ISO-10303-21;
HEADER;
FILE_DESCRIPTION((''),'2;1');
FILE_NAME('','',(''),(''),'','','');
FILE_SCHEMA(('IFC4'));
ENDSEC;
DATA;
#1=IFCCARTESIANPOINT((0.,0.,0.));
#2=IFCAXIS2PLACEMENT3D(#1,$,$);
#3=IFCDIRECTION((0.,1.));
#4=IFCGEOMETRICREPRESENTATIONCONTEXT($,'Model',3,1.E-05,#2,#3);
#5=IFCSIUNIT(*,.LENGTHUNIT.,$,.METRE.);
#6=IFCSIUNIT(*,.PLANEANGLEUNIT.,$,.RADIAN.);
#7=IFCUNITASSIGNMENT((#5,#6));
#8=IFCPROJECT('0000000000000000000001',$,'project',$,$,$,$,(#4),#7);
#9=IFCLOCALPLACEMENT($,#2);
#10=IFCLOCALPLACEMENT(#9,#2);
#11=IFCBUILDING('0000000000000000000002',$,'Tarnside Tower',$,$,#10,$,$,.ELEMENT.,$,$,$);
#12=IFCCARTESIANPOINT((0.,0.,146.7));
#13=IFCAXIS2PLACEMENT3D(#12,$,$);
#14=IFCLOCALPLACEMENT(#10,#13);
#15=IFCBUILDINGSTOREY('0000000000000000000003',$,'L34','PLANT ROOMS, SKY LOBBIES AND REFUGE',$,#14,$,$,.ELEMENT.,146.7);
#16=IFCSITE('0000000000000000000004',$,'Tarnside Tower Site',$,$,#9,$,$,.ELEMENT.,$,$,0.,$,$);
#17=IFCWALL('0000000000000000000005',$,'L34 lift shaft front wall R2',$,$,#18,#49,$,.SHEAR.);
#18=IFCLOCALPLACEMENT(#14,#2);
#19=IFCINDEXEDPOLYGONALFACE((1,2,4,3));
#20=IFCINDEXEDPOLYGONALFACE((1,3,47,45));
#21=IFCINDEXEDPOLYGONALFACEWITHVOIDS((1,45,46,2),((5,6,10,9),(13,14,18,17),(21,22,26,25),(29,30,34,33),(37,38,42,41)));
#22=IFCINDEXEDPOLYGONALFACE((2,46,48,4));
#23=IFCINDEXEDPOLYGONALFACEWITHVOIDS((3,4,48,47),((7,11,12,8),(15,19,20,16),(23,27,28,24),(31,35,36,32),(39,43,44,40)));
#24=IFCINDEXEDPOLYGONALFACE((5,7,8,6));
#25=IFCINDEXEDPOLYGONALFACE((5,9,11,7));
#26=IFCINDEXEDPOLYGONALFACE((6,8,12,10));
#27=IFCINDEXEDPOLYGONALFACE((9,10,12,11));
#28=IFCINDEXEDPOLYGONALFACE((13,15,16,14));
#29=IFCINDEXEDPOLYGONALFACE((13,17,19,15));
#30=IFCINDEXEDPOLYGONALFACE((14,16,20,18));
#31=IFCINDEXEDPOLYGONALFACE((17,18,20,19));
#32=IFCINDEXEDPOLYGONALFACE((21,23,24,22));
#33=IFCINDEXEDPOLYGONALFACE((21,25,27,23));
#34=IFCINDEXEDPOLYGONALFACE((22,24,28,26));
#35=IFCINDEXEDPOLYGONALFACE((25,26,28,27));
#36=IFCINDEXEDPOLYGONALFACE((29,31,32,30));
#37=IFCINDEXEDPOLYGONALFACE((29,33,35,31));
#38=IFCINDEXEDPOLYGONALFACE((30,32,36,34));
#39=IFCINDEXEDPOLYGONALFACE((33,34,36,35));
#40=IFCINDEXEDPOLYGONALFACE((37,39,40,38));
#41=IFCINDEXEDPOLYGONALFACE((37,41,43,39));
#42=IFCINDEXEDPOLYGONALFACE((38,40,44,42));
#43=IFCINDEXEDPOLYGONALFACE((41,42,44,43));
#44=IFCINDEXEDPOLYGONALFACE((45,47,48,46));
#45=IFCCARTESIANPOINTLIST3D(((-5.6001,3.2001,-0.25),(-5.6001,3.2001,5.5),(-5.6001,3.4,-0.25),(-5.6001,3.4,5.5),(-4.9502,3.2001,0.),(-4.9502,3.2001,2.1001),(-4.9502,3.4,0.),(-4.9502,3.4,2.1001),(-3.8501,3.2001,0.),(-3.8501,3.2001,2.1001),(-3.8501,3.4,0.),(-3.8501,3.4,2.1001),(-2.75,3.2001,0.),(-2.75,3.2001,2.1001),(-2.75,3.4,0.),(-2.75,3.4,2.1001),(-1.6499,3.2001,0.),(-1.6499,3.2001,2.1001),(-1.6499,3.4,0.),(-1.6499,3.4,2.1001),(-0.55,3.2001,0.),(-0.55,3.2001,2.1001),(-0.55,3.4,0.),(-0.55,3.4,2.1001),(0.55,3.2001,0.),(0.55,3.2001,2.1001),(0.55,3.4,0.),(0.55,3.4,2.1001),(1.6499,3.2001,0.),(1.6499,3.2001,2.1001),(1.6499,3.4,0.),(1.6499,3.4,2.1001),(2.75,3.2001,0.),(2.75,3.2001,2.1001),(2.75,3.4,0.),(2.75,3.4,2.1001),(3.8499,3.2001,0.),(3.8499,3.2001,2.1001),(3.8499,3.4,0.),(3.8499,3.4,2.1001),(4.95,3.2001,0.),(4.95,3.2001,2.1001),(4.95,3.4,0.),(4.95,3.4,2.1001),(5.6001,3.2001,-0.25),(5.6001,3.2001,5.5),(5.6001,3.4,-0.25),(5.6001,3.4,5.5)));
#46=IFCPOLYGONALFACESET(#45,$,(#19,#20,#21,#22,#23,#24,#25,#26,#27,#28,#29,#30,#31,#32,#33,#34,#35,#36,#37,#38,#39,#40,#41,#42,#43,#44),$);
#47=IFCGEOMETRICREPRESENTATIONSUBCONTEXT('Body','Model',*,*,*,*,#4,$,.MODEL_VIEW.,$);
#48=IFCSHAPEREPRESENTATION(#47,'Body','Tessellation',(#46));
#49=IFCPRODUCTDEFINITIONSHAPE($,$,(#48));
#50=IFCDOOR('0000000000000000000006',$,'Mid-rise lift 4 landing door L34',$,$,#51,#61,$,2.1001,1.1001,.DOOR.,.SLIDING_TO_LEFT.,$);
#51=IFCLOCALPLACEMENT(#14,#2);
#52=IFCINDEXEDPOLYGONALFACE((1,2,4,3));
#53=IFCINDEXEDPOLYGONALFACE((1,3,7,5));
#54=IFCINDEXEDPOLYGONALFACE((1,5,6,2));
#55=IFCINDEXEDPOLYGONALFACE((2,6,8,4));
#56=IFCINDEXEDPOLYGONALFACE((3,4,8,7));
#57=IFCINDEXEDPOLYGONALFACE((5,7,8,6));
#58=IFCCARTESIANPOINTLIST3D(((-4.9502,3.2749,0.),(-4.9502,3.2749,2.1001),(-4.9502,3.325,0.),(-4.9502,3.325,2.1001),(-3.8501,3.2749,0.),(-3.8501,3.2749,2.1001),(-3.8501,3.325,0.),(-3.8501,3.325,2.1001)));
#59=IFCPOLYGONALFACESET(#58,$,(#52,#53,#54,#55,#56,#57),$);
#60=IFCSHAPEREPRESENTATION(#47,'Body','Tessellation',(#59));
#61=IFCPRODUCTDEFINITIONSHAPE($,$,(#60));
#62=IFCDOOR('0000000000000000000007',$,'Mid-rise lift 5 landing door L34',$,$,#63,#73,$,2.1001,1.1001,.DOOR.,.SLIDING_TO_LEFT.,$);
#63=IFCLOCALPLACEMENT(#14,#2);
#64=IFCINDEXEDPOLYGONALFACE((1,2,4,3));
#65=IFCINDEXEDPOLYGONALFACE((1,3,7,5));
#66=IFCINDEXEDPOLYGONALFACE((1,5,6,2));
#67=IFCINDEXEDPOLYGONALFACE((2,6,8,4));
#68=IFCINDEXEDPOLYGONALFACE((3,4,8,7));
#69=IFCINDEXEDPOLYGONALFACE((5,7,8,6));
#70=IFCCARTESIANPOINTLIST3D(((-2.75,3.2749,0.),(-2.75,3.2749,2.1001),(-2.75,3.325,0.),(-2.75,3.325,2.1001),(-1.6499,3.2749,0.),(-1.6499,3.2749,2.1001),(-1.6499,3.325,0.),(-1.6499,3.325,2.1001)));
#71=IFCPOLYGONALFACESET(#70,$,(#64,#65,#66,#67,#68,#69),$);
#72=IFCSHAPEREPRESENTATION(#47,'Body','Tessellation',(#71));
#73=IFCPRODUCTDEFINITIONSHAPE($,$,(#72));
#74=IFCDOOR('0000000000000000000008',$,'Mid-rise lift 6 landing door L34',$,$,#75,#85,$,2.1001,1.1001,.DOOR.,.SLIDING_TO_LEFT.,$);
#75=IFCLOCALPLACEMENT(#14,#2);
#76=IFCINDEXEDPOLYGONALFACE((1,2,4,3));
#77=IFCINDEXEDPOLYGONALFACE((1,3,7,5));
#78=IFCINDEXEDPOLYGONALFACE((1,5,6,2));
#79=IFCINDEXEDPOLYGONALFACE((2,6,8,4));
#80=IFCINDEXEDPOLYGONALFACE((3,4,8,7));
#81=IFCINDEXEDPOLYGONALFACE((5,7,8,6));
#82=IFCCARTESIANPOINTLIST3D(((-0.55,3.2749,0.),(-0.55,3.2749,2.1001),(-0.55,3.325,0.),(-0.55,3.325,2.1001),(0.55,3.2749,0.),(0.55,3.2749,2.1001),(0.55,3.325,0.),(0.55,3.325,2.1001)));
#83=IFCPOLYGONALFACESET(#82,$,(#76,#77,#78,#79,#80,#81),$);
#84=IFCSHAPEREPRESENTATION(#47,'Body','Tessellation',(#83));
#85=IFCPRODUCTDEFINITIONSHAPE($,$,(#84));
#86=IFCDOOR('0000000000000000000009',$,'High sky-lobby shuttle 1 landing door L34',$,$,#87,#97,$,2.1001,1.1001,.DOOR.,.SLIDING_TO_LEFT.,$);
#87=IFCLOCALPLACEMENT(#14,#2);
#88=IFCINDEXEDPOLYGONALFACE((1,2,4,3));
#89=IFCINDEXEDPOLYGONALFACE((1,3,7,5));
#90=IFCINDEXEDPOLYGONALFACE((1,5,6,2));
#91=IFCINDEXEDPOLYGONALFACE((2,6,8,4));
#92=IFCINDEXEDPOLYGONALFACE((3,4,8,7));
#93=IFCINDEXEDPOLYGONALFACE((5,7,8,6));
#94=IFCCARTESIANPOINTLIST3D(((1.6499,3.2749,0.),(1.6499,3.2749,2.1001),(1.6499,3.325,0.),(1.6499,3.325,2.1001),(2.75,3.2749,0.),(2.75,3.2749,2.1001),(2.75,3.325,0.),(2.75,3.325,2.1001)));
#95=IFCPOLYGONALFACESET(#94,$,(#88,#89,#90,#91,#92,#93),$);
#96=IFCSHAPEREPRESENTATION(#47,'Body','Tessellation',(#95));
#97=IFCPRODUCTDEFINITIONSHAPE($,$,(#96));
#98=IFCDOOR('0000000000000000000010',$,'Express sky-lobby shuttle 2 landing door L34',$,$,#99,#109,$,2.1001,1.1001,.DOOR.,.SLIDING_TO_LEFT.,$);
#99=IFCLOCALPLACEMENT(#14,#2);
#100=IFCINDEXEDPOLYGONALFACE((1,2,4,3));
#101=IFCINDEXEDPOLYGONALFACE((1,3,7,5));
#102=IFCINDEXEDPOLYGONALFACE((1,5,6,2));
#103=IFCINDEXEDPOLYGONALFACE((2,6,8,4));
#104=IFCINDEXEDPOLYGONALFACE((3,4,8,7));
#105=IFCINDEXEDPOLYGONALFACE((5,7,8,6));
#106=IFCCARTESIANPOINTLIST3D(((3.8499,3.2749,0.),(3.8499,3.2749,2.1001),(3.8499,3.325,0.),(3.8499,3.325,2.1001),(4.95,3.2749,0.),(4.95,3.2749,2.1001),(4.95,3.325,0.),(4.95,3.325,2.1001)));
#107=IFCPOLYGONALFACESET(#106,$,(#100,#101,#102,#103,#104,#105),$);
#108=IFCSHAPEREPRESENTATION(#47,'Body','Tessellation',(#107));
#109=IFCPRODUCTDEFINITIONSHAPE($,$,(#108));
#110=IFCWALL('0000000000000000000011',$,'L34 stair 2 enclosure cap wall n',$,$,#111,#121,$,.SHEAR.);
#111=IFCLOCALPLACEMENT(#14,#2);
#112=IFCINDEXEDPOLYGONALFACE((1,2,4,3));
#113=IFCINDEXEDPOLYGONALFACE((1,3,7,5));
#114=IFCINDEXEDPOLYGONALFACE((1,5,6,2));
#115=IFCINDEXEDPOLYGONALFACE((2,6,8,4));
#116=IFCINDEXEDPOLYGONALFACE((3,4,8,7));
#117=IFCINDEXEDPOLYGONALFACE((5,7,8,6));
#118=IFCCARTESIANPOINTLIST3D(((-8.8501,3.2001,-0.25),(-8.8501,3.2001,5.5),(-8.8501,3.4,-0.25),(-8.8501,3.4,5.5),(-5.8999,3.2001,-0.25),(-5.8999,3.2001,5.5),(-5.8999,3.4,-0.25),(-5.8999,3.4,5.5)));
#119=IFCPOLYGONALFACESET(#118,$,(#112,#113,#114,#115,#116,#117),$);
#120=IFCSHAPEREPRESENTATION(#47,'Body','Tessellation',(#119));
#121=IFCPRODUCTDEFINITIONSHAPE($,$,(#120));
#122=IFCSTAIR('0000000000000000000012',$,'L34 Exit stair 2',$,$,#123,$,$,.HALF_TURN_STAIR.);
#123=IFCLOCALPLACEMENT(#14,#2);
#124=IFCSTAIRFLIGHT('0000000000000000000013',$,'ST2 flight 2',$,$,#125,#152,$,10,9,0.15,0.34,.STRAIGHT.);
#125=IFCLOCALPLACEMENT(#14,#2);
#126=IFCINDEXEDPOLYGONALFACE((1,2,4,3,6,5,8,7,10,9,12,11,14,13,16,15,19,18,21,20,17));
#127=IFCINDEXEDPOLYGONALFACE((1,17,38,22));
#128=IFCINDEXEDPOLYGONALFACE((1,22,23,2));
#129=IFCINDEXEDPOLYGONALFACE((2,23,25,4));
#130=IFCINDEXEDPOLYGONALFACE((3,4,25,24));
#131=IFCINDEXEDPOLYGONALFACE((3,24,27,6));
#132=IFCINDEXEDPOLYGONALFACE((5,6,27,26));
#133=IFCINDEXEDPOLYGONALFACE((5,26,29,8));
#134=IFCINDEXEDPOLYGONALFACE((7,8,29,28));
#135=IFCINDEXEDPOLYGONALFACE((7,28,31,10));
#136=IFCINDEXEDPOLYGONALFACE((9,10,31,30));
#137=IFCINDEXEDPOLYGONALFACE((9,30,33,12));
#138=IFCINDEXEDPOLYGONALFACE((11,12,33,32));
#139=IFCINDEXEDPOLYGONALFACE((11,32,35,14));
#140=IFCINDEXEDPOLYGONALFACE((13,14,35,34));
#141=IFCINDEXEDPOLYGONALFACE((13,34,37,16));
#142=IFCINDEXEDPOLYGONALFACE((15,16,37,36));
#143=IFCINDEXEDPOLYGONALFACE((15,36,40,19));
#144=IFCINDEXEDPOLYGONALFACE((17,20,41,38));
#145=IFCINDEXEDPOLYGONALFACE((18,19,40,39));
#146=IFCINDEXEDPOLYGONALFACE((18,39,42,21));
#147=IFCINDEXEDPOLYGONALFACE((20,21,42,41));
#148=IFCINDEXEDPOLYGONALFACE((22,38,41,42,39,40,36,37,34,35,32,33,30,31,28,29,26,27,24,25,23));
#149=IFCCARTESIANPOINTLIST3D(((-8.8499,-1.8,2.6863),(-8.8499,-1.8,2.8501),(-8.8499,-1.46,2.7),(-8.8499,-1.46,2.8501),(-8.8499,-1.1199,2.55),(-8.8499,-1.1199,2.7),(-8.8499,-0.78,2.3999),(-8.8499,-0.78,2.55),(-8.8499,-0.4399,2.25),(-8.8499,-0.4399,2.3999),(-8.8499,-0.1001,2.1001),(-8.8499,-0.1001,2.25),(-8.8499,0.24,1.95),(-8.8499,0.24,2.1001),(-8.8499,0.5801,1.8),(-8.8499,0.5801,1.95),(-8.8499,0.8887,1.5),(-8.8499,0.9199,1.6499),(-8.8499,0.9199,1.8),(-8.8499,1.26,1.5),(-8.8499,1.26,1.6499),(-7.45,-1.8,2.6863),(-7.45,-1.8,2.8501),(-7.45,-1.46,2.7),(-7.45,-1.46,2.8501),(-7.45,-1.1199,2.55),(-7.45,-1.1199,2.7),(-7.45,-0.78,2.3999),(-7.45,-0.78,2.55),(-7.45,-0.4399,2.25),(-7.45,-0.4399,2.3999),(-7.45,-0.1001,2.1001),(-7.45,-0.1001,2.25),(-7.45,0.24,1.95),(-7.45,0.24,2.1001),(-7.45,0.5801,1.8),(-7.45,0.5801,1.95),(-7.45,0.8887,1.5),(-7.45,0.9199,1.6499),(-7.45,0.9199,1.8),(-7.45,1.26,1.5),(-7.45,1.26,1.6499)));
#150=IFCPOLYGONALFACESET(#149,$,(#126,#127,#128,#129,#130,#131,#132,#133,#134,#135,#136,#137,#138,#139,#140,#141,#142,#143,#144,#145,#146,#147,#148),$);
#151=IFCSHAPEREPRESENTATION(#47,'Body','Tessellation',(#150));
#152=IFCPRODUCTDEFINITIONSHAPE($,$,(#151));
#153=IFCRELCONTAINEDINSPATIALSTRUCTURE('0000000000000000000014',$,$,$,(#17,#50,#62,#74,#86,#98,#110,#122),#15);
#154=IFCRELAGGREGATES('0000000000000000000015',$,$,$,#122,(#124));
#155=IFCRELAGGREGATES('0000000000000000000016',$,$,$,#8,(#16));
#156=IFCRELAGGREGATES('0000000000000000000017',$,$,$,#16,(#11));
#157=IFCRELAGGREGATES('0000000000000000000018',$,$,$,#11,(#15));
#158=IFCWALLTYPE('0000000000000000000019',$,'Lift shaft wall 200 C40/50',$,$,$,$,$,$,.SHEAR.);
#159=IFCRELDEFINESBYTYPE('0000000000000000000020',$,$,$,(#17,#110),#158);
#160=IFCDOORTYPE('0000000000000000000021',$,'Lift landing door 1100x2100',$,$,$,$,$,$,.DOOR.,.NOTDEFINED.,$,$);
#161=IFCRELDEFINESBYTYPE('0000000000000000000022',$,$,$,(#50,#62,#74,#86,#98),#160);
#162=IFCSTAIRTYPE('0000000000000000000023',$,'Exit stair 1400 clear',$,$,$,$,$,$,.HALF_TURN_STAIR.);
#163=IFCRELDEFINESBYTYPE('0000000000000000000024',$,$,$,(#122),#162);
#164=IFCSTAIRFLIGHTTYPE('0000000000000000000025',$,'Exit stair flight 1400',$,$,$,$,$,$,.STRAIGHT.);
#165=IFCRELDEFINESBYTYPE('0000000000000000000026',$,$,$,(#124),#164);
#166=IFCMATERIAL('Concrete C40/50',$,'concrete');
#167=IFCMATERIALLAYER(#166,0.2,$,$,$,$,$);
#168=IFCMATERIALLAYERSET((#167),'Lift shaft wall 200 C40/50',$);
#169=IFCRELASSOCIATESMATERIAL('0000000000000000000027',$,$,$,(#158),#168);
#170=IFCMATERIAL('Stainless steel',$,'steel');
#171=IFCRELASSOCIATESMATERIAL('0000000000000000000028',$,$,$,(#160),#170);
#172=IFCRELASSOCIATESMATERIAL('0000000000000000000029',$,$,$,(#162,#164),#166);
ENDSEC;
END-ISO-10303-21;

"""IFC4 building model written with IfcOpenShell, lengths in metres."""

from ifc_helpers import new_model, si_unit, direction, frame, frame_2d, origin, place, context, subcontext, project, spatial, polyline, rectangle, outline, extrude, material, layer, layer_set, type_object, element, fill, aggregate, save


model = new_model("IFC4")

# Units and contexts
model_context = context("Model", 3, precision=1e-05, world=origin(), true_north=direction((0.0, 1.0)))
body_context = subcontext(model_context, "Body", "Model", "MODEL_VIEW")
ifc_project = project(units=[si_unit("LENGTHUNIT", "METRE"), si_unit("PLANEANGLEUNIT", "RADIAN")], contexts=[model_context])

# Site, building, storey
site_placement = place(None, origin())
site = spatial("IfcSite", under=ifc_project, at=site_placement, Name="Tarnside Tower Site", CompositionType="ELEMENT", RefElevation=0.0)
building_placement = place(site_placement, origin())
building = spatial("IfcBuilding", under=site, at=building_placement, Name="Tarnside Tower", CompositionType="ELEMENT")
storey_placement = place(building_placement, frame((0.0, 0.0, 146.7)))
storey = spatial("IfcBuildingStorey", under=building, at=storey_placement, Name="L34", Description="PLANT ROOMS, SKY LOBBIES AND REFUGE", CompositionType="ELEMENT", Elevation=146.7)

# Shared definitions
ifc_material_1 = material(Name="Concrete C40/50", Category="concrete")
ifc_layer = layer(ifc_material_1, 0.2)
ifc_layer_set = layer_set([ifc_layer], Name="Lift shaft wall 200 C40/50")
wall_type = type_object("IfcWallType", Name="Lift shaft wall 200 C40/50", PredefinedType="SHEAR", material=ifc_layer_set)
ifc_material_2 = material(Name="Stainless steel", Category="steel")
door_type = type_object("IfcDoorType", Name="Lift landing door 1100x2100", OperationType="NOTDEFINED", PredefinedType="DOOR", material=ifc_material_2)

# Wall, openings, doors
wall_1_placement = place(storey_placement, frame((-5.6001, 3.3, -0.25), z_axis=(0.0, 0.0, 1.0), x_axis=(1.0, 0.0, 0.0)))
wall_1 = element("IfcWall", 1, at=wall_1_placement, inside=storey, type_object=wall_type, Name="L34 lift shaft front wall R2", PredefinedType="SHEAR", context=body_context, shape_type="SweptSolid", body=[
    extrude(rectangle(XDim=11.2002, YDim=0.2, at=frame_2d((5.6001, 0.0))), origin(), (0.0, 0.0, 1.0), 5.75),
])
opening_1_placement = place(wall_1_placement, frame((0.6499, 0.0, 0.25)))
opening_1 = element("IfcOpeningElement", 2, at=opening_1_placement, cuts=wall_1, PredefinedType="OPENING", context=body_context, shape_type="SweptSolid", body=[
    extrude(rectangle(XDim=1.1001, YDim=2.1001, at=frame_2d((0.55, 1.05))), frame((0.0, 0.1099, 0.0), z_axis=(0.0, -1.0, 0.0), x_axis=(1.0, 0.0, 0.0)), (0.0, 0.0, 1.0), 0.22),
])
opening_2_placement = place(wall_1_placement, frame((2.8501, 0.0, 0.25)))
opening_2 = element("IfcOpeningElement", 3, at=opening_2_placement, cuts=wall_1, PredefinedType="OPENING", context=body_context, shape_type="SweptSolid", body=[
    extrude(rectangle(XDim=1.1001, YDim=2.1001, at=frame_2d((0.55, 1.05))), frame((0.0, 0.1099, 0.0), z_axis=(0.0, -1.0, 0.0), x_axis=(1.0, 0.0, 0.0)), (0.0, 0.0, 1.0), 0.22),
])
opening_3_placement = place(wall_1_placement, frame((5.05, 0.0, 0.25)))
opening_3 = element("IfcOpeningElement", 4, at=opening_3_placement, cuts=wall_1, PredefinedType="OPENING", context=body_context, shape_type="SweptSolid", body=[
    extrude(rectangle(XDim=1.1001, YDim=2.1001, at=frame_2d((0.55, 1.05))), frame((0.0, 0.1099, 0.0), z_axis=(0.0, -1.0, 0.0), x_axis=(1.0, 0.0, 0.0)), (0.0, 0.0, 1.0), 0.22),
])
opening_4_placement = place(wall_1_placement, frame((7.25, 0.0, 0.25)))
opening_4 = element("IfcOpeningElement", 5, at=opening_4_placement, cuts=wall_1, PredefinedType="OPENING", context=body_context, shape_type="SweptSolid", body=[
    extrude(rectangle(XDim=1.1001, YDim=2.1001, at=frame_2d((0.55, 1.05))), frame((0.0, 0.1099, 0.0), z_axis=(0.0, -1.0, 0.0), x_axis=(1.0, 0.0, 0.0)), (0.0, 0.0, 1.0), 0.22),
])
opening_5_placement = place(wall_1_placement, frame((9.45, 0.0, 0.25)))
opening_5 = element("IfcOpeningElement", 6, at=opening_5_placement, cuts=wall_1, PredefinedType="OPENING", context=body_context, shape_type="SweptSolid", body=[
    extrude(rectangle(XDim=1.1001, YDim=2.1001, at=frame_2d((0.55, 1.05))), frame((0.0, 0.1099, 0.0), z_axis=(0.0, -1.0, 0.0), x_axis=(1.0, 0.0, 0.0)), (0.0, 0.0, 1.0), 0.22),
])
door_1_placement = place(opening_1_placement, origin())
door_1 = element("IfcDoor", 7, at=door_1_placement, inside=storey, type_object=door_type, Name="Mid-rise lift 4 landing door L34", OperationType="SLIDING_TO_LEFT", OverallHeight=2.1001, OverallWidth=1.1001, PredefinedType="DOOR", context=body_context, shape_type="SweptSolid", body=[
    extrude(rectangle(XDim=1.1001, YDim=2.1001, at=frame_2d((0.55, 1.05))), frame((0.0, 0.0249, 0.0), z_axis=(0.0, -1.0, 0.0), x_axis=(1.0, 0.0, 0.0)), (0.0, 0.0, 1.0), 0.05),
])
fill(opening_1, door_1)
door_2_placement = place(opening_2_placement, origin())
door_2 = element("IfcDoor", 8, at=door_2_placement, inside=storey, type_object=door_type, Name="Mid-rise lift 5 landing door L34", OperationType="SLIDING_TO_LEFT", OverallHeight=2.1001, OverallWidth=1.1001, PredefinedType="DOOR", context=body_context, shape_type="SweptSolid", body=[
    extrude(rectangle(XDim=1.1001, YDim=2.1001, at=frame_2d((0.55, 1.05))), frame((0.0, 0.0249, 0.0), z_axis=(0.0, -1.0, 0.0), x_axis=(1.0, 0.0, 0.0)), (0.0, 0.0, 1.0), 0.05),
])
fill(opening_2, door_2)
door_3_placement = place(opening_3_placement, origin())
door_3 = element("IfcDoor", 9, at=door_3_placement, inside=storey, type_object=door_type, Name="Mid-rise lift 6 landing door L34", OperationType="SLIDING_TO_LEFT", OverallHeight=2.1001, OverallWidth=1.1001, PredefinedType="DOOR", context=body_context, shape_type="SweptSolid", body=[
    extrude(rectangle(XDim=1.1001, YDim=2.1001, at=frame_2d((0.55, 1.05))), frame((0.0, 0.0249, 0.0), z_axis=(0.0, -1.0, 0.0), x_axis=(1.0, 0.0, 0.0)), (0.0, 0.0, 1.0), 0.05),
])
fill(opening_3, door_3)
door_4_placement = place(opening_4_placement, origin())
door_4 = element("IfcDoor", 10, at=door_4_placement, inside=storey, type_object=door_type, Name="High sky-lobby shuttle 1 landing door L34", OperationType="SLIDING_TO_LEFT", OverallHeight=2.1001, OverallWidth=1.1001, PredefinedType="DOOR", context=body_context, shape_type="SweptSolid", body=[
    extrude(rectangle(XDim=1.1001, YDim=2.1001, at=frame_2d((0.55, 1.05))), frame((0.0, 0.0249, 0.0), z_axis=(0.0, -1.0, 0.0), x_axis=(1.0, 0.0, 0.0)), (0.0, 0.0, 1.0), 0.05),
])
fill(opening_4, door_4)
door_5_placement = place(opening_5_placement, origin())
door_5 = element("IfcDoor", 11, at=door_5_placement, inside=storey, type_object=door_type, Name="Express sky-lobby shuttle 2 landing door L34", OperationType="SLIDING_TO_LEFT", OverallHeight=2.1001, OverallWidth=1.1001, PredefinedType="DOOR", context=body_context, shape_type="SweptSolid", body=[
    extrude(rectangle(XDim=1.1001, YDim=2.1001, at=frame_2d((0.55, 1.05))), frame((0.0, 0.0249, 0.0), z_axis=(0.0, -1.0, 0.0), x_axis=(1.0, 0.0, 0.0)), (0.0, 0.0, 1.0), 0.05),
])
fill(opening_5, door_5)

# Wall
wall_2_placement = place(storey_placement, frame((-8.8501, 3.3, -0.25), z_axis=(0.0, 0.0, 1.0), x_axis=(1.0, 0.0, 0.0)))
element("IfcWall", 12, at=wall_2_placement, inside=storey, type_object=wall_type, Name="L34 stair 2 enclosure cap wall n", PredefinedType="SHEAR", context=body_context, shape_type="SweptSolid", body=[
    extrude(rectangle(XDim=2.9502, YDim=0.2, at=frame_2d((1.4751, 0.0))), origin(), (0.0, 0.0, 1.0), 5.75),
])

# Stair, stair flight
stair_type = type_object("IfcStairType", Name="Exit stair 1400 clear", PredefinedType="HALF_TURN_STAIR", material=ifc_material_1)
stair_placement = place(storey_placement, origin())
stair = element("IfcStair", 13, at=stair_placement, inside=storey, type_object=stair_type, Name="L34 Exit stair 2", PredefinedType="HALF_TURN_STAIR")
stair_flight_type = type_object("IfcStairFlightType", Name="Exit stair flight 1400", PredefinedType="STRAIGHT", material=ifc_material_1)
stair_flight_1_placement = place(storey_placement, frame((-8.1499, 1.26, 1.5), z_axis=(0.0, 0.0, 1.0), x_axis=(0.0, -1.0, 0.0)))
stair_flight_1 = element("IfcStairFlight", 14, at=stair_flight_1_placement, type_object=stair_flight_type, Name="ST2 flight 2", NumberOfRisers=10, NumberOfTreads=9, PredefinedType="STRAIGHT", RiserHeight=0.15, TreadLength=0.34, context=body_context, shape_type="SweptSolid", body=[
    extrude(outline(polyline([(0.0, 0.0), (0.0, 0.1499), (0.3401, 0.1499), (0.3401, 0.3), (0.6799, 0.3), (0.6799, 0.45), (1.02, 0.45), (1.02, 0.6001), (1.3601, 0.6001), (1.3601, 0.75), (1.7, 0.75), (1.7, 0.8999), (2.04, 0.8999), (2.04, 1.05), (2.3799, 1.05), (2.3799, 1.2), (2.72, 1.2), (2.72, 1.3501), (3.0601, 1.3501), (3.0601, 1.5), (3.0601, 1.1863), (0.3713, 0.0), (0.0, 0.0)])), frame((0.0, 0.7, 0.0), z_axis=(0.0, -1.0, 0.0), x_axis=(1.0, 0.0, 0.0)), (0.0, 0.0, 1.0), 1.3999),
])
aggregate(stair, [stair_flight_1])

save(model, "model.ifc")
